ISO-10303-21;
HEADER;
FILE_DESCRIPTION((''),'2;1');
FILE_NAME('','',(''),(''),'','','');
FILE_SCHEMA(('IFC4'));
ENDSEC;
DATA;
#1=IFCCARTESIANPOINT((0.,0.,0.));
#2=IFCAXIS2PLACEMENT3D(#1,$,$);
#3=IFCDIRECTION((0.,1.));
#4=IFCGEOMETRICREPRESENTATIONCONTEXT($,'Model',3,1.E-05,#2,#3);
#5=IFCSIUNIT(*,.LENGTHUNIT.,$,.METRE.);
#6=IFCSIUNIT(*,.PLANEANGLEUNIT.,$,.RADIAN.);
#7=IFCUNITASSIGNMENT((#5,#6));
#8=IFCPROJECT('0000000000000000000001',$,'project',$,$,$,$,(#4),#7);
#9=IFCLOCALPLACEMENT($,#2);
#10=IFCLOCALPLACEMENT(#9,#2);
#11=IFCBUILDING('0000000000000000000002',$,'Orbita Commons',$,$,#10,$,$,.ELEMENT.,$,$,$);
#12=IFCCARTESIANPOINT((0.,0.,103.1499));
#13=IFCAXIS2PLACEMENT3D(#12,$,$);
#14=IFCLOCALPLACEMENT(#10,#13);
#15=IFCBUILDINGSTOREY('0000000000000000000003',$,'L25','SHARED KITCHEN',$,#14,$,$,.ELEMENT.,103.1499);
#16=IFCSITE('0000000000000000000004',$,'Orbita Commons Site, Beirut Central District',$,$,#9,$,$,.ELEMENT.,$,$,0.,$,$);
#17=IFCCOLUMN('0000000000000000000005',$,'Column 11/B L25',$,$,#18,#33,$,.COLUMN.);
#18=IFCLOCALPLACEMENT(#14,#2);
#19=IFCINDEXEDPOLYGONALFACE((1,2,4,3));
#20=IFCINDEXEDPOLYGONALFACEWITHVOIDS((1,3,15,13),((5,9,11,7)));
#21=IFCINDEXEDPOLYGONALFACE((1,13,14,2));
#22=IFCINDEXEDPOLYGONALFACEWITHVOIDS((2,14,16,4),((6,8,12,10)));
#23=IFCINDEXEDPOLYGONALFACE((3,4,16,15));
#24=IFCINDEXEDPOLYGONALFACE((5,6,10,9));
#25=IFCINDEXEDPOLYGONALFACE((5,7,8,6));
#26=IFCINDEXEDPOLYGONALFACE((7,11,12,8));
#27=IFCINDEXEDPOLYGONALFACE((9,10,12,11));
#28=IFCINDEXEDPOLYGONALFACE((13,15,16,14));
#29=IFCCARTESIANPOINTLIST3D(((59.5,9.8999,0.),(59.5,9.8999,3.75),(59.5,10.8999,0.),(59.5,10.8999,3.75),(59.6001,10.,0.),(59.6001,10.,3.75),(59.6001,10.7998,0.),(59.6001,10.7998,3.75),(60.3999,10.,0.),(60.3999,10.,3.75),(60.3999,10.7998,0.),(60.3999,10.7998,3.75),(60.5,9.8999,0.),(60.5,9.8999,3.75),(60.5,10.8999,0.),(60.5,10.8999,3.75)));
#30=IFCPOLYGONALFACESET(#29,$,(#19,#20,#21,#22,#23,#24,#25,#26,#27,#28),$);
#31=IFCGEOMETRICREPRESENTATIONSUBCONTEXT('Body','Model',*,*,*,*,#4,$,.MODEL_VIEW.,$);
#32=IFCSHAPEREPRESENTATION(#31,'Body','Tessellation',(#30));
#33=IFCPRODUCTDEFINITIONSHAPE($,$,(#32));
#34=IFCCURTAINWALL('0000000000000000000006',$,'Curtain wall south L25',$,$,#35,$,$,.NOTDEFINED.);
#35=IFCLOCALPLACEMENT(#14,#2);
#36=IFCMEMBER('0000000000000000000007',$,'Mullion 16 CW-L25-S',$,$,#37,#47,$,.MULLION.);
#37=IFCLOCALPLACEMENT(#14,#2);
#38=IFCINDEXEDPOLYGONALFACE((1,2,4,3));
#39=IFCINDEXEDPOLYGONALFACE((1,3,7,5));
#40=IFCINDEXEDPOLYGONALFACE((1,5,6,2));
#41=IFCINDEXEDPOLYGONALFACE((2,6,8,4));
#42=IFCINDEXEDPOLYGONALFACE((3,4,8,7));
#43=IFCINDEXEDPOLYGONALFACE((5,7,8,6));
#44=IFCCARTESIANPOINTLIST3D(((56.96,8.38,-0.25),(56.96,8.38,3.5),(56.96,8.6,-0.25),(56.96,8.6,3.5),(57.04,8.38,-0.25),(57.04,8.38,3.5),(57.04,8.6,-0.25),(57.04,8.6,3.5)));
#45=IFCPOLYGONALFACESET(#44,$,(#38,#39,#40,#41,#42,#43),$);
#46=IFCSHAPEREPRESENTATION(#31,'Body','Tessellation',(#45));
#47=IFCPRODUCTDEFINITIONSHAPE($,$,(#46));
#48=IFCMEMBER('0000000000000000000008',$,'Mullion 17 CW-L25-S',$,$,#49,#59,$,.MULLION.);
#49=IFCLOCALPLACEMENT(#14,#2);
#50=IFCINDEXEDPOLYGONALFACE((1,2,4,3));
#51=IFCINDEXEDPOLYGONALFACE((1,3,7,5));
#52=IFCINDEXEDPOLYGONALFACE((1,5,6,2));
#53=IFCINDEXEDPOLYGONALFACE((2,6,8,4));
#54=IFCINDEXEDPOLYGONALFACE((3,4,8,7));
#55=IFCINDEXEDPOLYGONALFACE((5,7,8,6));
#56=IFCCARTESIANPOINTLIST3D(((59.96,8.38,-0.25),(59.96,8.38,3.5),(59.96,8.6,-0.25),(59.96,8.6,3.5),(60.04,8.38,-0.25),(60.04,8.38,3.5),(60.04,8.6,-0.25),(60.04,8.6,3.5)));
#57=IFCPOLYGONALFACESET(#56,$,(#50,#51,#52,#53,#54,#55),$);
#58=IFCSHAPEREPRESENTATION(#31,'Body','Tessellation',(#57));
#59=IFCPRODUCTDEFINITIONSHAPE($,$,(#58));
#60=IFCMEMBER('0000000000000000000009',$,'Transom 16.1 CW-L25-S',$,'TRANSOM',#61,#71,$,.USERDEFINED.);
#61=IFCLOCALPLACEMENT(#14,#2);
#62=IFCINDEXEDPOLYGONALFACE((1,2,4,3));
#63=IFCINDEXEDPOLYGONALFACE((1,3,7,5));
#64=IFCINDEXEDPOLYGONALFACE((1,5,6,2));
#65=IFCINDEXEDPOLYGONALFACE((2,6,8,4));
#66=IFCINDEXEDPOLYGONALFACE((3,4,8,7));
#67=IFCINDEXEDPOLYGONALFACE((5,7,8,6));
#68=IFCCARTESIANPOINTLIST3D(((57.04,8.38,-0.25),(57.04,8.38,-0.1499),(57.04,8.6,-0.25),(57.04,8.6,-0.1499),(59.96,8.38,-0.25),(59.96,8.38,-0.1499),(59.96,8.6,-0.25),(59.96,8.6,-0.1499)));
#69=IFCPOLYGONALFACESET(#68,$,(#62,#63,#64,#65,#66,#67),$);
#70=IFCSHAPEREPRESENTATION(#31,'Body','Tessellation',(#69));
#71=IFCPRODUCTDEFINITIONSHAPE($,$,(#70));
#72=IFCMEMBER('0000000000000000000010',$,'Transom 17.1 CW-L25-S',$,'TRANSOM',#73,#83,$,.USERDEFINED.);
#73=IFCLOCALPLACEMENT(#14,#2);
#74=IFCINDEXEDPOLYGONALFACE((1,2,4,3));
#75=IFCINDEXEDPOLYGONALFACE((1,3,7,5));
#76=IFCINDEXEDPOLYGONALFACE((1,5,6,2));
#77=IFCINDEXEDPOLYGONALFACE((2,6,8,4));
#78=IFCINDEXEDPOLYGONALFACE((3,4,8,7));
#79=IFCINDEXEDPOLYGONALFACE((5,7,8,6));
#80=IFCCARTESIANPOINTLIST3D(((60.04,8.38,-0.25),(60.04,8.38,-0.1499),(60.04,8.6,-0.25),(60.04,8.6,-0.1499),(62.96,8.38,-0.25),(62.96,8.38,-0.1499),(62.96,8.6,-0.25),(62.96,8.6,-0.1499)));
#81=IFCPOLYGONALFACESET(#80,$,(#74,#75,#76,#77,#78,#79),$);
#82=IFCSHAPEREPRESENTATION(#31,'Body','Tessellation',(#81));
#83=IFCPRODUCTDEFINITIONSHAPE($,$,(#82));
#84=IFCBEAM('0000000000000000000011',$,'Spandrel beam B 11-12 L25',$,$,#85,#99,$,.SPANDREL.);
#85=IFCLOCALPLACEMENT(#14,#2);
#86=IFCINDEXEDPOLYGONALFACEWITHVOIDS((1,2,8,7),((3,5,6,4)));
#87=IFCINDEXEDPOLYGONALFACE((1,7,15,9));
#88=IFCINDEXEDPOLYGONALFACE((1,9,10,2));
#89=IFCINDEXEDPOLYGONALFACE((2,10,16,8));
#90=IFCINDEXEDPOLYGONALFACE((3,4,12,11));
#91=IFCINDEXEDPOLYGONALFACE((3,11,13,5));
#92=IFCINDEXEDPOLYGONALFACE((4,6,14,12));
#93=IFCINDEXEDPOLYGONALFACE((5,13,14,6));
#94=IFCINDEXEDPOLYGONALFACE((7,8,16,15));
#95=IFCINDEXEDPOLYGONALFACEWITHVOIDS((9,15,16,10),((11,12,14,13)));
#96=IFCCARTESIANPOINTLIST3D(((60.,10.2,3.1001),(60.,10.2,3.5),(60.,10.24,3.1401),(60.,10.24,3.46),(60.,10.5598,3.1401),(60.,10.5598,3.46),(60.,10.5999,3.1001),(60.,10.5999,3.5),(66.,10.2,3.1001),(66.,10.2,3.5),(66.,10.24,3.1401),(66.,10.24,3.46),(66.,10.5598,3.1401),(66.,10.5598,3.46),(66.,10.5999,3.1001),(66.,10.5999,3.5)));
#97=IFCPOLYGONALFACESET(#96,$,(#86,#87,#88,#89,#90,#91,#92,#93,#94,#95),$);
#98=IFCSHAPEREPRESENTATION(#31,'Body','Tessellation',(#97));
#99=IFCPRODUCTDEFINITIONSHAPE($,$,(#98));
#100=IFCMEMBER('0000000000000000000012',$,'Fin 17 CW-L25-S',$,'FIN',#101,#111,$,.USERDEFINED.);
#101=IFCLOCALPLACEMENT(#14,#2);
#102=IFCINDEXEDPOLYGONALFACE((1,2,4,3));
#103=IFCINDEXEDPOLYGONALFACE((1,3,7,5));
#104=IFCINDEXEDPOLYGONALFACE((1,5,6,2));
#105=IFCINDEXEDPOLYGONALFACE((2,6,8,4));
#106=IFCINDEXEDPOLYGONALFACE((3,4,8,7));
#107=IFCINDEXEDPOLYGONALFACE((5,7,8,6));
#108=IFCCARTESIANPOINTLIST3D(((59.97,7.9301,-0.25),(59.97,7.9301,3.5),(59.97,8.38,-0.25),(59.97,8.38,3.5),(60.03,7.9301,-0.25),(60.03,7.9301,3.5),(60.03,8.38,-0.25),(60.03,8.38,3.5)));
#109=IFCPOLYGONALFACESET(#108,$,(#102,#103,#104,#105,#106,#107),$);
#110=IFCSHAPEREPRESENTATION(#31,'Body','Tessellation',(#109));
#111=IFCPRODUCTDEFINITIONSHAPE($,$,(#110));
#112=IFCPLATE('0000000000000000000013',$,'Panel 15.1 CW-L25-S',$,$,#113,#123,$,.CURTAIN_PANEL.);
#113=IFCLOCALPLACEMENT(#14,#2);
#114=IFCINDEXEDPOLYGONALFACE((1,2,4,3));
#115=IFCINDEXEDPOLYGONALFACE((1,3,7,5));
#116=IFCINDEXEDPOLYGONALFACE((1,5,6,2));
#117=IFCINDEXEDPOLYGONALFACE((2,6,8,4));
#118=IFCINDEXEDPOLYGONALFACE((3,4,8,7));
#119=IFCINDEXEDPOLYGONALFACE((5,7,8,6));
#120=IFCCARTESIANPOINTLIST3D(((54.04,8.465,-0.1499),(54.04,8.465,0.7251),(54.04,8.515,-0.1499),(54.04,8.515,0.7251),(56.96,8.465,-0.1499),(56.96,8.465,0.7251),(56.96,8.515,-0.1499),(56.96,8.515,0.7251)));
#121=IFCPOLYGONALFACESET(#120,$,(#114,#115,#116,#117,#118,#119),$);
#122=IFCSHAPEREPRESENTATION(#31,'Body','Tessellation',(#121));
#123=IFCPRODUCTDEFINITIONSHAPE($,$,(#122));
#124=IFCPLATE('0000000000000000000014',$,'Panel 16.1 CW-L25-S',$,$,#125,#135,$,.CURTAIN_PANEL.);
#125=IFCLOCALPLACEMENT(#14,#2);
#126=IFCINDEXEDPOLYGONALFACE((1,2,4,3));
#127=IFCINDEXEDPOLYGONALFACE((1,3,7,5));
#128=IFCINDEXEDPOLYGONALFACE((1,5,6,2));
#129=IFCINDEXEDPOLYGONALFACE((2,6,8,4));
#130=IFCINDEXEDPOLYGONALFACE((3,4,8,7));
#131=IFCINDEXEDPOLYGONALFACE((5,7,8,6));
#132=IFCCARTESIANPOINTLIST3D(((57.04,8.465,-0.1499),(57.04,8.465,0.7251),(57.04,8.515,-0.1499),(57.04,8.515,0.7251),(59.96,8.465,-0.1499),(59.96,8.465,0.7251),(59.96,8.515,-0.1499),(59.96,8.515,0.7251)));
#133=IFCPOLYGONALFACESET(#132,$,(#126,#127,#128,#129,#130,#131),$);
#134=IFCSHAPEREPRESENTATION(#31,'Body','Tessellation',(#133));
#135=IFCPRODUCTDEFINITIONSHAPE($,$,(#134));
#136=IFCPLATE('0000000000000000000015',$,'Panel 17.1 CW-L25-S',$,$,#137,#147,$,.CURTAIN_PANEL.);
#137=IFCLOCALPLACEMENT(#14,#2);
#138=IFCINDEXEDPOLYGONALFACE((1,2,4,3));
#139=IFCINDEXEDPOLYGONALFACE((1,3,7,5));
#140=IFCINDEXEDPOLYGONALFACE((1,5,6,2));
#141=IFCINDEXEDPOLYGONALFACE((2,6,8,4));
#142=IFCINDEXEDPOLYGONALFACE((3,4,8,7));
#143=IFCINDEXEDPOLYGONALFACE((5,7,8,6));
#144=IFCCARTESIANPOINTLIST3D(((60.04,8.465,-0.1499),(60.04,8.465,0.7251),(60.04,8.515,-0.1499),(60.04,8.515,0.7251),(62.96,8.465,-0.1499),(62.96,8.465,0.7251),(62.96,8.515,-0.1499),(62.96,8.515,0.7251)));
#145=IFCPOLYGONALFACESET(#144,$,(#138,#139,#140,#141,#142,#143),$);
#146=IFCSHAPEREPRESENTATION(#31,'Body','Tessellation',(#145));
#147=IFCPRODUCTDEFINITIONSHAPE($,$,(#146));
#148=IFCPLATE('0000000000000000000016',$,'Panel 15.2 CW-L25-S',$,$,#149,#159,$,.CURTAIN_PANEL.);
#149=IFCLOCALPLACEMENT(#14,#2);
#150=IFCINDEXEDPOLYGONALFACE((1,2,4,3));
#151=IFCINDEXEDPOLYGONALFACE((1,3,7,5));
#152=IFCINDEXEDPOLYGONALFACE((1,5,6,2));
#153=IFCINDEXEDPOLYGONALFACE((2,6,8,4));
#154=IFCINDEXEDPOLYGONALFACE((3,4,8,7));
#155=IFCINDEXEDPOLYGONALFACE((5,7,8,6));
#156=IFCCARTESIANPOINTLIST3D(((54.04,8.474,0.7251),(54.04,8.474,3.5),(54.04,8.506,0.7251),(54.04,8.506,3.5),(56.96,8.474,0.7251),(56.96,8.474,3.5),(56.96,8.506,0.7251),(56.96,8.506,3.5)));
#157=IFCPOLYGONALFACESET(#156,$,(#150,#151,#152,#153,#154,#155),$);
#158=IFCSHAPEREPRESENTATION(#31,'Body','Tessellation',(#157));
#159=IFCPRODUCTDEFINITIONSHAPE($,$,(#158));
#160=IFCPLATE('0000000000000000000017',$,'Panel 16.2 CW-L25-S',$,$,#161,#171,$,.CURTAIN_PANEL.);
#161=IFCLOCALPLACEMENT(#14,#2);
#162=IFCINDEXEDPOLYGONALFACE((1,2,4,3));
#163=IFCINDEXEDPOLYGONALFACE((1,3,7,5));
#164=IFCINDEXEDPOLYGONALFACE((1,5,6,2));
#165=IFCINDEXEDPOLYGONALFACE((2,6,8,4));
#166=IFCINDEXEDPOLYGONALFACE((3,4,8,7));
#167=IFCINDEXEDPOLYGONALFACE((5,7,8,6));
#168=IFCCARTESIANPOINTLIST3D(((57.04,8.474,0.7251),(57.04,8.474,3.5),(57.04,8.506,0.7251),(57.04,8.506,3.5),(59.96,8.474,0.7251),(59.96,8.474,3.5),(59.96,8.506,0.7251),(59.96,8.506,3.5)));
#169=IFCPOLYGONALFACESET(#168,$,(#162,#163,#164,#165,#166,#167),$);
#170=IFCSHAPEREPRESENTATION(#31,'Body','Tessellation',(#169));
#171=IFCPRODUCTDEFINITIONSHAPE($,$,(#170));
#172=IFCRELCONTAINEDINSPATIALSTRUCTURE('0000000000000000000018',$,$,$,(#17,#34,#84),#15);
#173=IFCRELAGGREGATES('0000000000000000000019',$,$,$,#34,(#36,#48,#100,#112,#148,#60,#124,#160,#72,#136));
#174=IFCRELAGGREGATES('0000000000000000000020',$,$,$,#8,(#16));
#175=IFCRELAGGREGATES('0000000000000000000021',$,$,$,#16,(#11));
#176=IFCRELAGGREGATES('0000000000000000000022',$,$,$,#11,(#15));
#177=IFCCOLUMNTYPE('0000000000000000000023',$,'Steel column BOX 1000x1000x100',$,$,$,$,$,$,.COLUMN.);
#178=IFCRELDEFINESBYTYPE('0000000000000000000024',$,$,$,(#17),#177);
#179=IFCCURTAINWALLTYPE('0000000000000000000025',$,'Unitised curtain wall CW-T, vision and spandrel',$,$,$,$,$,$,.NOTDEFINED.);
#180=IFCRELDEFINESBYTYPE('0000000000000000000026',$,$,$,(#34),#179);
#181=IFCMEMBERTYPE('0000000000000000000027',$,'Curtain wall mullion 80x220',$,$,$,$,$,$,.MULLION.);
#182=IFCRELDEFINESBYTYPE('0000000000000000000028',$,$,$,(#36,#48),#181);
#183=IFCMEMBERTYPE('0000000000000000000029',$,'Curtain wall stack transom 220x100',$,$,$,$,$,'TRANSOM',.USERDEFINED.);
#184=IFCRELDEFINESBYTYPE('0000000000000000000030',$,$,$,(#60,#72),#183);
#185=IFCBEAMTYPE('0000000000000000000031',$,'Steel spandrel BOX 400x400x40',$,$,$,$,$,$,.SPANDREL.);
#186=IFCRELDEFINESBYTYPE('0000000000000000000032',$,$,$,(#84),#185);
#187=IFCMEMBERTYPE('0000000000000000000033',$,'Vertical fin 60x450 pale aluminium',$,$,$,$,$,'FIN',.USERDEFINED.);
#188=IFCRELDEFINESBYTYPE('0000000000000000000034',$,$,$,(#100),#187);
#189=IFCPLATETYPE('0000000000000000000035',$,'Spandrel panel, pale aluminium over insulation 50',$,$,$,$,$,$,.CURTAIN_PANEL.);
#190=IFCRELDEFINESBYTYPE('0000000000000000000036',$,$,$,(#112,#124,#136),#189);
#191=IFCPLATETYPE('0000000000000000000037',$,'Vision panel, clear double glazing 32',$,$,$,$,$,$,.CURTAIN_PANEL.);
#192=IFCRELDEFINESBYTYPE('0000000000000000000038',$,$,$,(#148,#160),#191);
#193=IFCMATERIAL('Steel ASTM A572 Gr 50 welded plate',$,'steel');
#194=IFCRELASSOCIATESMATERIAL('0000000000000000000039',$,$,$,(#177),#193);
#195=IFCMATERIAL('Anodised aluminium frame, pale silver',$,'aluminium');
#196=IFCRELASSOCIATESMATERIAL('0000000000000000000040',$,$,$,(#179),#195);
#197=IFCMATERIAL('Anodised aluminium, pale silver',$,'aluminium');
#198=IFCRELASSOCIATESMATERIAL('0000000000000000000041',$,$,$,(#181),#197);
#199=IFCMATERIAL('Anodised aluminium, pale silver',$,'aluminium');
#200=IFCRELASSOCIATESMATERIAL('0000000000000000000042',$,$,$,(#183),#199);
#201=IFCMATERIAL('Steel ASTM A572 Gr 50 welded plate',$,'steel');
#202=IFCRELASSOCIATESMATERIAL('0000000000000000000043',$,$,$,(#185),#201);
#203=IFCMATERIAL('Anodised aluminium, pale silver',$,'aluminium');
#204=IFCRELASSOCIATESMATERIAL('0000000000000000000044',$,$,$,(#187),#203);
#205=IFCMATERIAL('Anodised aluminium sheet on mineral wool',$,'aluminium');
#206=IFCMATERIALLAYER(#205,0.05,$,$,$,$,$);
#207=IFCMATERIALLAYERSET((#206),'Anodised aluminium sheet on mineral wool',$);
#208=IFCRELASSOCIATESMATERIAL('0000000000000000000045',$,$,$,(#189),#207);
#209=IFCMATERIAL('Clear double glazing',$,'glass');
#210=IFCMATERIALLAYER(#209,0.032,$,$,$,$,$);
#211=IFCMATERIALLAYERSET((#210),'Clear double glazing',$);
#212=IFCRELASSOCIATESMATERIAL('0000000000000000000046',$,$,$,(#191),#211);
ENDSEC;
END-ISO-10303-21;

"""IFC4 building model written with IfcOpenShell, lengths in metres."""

from ifc_helpers import new_model, si_unit, direction, frame, origin, origin_2d, place, context, subcontext, project, spatial, rectangle, hollow_rectangle, extrude, material, layer, layer_set, material_profile, profile_set, type_object, element, aggregate, save


model = new_model("IFC4")

# Units and contexts
model_context = context("Model", 3, precision=1e-05, world=origin(), true_north=direction((0.0, 1.0)))
body_context = subcontext(model_context, "Body", "Model", "MODEL_VIEW")
ifc_project = project(units=[si_unit("LENGTHUNIT", "METRE"), si_unit("PLANEANGLEUNIT", "RADIAN")], contexts=[model_context])

# Site, building, storey
site_placement = place(None, origin())
site = spatial("IfcSite", under=ifc_project, at=site_placement, Name="Orbita Commons Site, Beirut Central District", CompositionType="ELEMENT", RefElevation=0.0)
building_placement = place(site_placement, origin())
building = spatial("IfcBuilding", under=site, at=building_placement, Name="Orbita Commons", CompositionType="ELEMENT")
storey_placement = place(building_placement, frame((0.0, 0.0, 103.1499)))
storey = spatial("IfcBuildingStorey", under=building, at=storey_placement, Name="L25", Description="SHARED KITCHEN", CompositionType="ELEMENT", Elevation=103.1499)

# Column
ifc_material_1 = material(Name="Steel ASTM A572 Gr 50 welded plate", Category="steel")
ifc_material_profile_1 = material_profile(ifc_material_1, hollow_rectangle(XDim=1.0, YDim=1.0, WallThickness=0.1001, at=origin_2d()), Name="BOX 1000x1000x100")
ifc_profile_set_1 = profile_set([ifc_material_profile_1], Name="Steel ASTM A572 Gr 50 welded plate")
column_type = type_object("IfcColumnType", Name="Steel column BOX 1000x1000x100", PredefinedType="COLUMN", material=ifc_profile_set_1)
column_placement = place(storey_placement, frame((60.0, 10.3999, 0.0), z_axis=(0.0, 0.0, 1.0), x_axis=(1.0, 0.0, 0.0)))
element("IfcColumn", 1, at=column_placement, inside=storey, type_object=column_type, Name="Column 11/B L25", PredefinedType="COLUMN", context=body_context, shape_type="SweptSolid", body=[
    extrude(hollow_rectangle(XDim=1.0, YDim=1.0, WallThickness=0.1001, at=origin_2d()), origin(), (0.0, 0.0, 1.0), 3.75),
])

# Curtain wall, members
ifc_material_2 = material(Name="Anodised aluminium frame, pale silver", Category="aluminium")
curtain_wall_type = type_object("IfcCurtainWallType", Name="Unitised curtain wall CW-T, vision and spandrel", PredefinedType="NOTDEFINED", material=ifc_material_2)
curtain_wall_placement = place(storey_placement, origin())
curtain_wall = element("IfcCurtainWall", 2, at=curtain_wall_placement, inside=storey, type_object=curtain_wall_type, Name="Curtain wall south L25", PredefinedType="NOTDEFINED")
ifc_material_3 = material(Name="Anodised aluminium, pale silver", Category="aluminium")
ifc_material_profile_2 = material_profile(ifc_material_3, rectangle(XDim=0.0801, YDim=0.22, at=origin_2d()), Name="AL 80x220")
ifc_profile_set_2 = profile_set([ifc_material_profile_2], Name="Anodised aluminium, pale silver")
member_type_1 = type_object("IfcMemberType", Name="Curtain wall mullion 80x220", PredefinedType="MULLION", material=ifc_profile_set_2)
member_1_placement = place(storey_placement, frame((57.0, 8.49, -0.25), z_axis=(0.0, 0.0, 1.0), x_axis=(1.0, 0.0, 0.0)))
member_1 = element("IfcMember", 3, at=member_1_placement, type_object=member_type_1, Name="Mullion 16 CW-L25-S", PredefinedType="MULLION", context=body_context, shape_type="SweptSolid", body=[
    extrude(rectangle(XDim=0.0801, YDim=0.22, at=origin_2d()), origin(), (0.0, 0.0, 1.0), 3.75),
])
member_2_placement = place(storey_placement, frame((60.0, 8.49, -0.25), z_axis=(0.0, 0.0, 1.0), x_axis=(1.0, 0.0, 0.0)))
member_2 = element("IfcMember", 4, at=member_2_placement, type_object=member_type_1, Name="Mullion 17 CW-L25-S", PredefinedType="MULLION", context=body_context, shape_type="SweptSolid", body=[
    extrude(rectangle(XDim=0.0801, YDim=0.22, at=origin_2d()), origin(), (0.0, 0.0, 1.0), 3.75),
])
ifc_material_4 = material(Name="Anodised aluminium, pale silver", Category="aluminium")
ifc_material_profile_3 = material_profile(ifc_material_4, rectangle(XDim=0.22, YDim=0.1001, at=origin_2d()), Name="AL 220x100")
ifc_profile_set_3 = profile_set([ifc_material_profile_3], Name="Anodised aluminium, pale silver")
member_type_2 = type_object("IfcMemberType", Name="Curtain wall stack transom 220x100", ElementType="TRANSOM", PredefinedType="USERDEFINED", material=ifc_profile_set_3)
member_3_placement = place(storey_placement, frame((57.04, 8.49, -0.2), z_axis=(1.0, 0.0, 0.0), x_axis=(0.0, 1.0, 0.0)))
member_3 = element("IfcMember", 5, at=member_3_placement, type_object=member_type_2, Name="Transom 16.1 CW-L25-S", ObjectType="TRANSOM", PredefinedType="USERDEFINED", context=body_context, shape_type="SweptSolid", body=[
    extrude(rectangle(XDim=0.22, YDim=0.1001, at=origin_2d()), origin(), (0.0, 0.0, 1.0), 2.9199),
])
member_4_placement = place(storey_placement, frame((60.04, 8.49, -0.2), z_axis=(1.0, 0.0, 0.0), x_axis=(0.0, 1.0, 0.0)))
member_4 = element("IfcMember", 6, at=member_4_placement, type_object=member_type_2, Name="Transom 17.1 CW-L25-S", ObjectType="TRANSOM", PredefinedType="USERDEFINED", context=body_context, shape_type="SweptSolid", body=[
    extrude(rectangle(XDim=0.22, YDim=0.1001, at=origin_2d()), origin(), (0.0, 0.0, 1.0), 2.9199),
])

# Beam
ifc_material_5 = material(Name="Steel ASTM A572 Gr 50 welded plate", Category="steel")
ifc_material_profile_4 = material_profile(ifc_material_5, hollow_rectangle(XDim=0.3999, YDim=0.3999, WallThickness=0.04, at=origin_2d()), Name="BOX 400x400x40")
ifc_profile_set_4 = profile_set([ifc_material_profile_4], Name="Steel ASTM A572 Gr 50 welded plate")
beam_type = type_object("IfcBeamType", Name="Steel spandrel BOX 400x400x40", PredefinedType="SPANDREL", material=ifc_profile_set_4)
beam_placement = place(storey_placement, frame((60.0, 10.3999, 3.3), z_axis=(1.0, 0.0, 0.0), x_axis=(0.0, 1.0, 0.0)))
element("IfcBeam", 7, at=beam_placement, inside=storey, type_object=beam_type, Name="Spandrel beam B 11-12 L25", PredefinedType="SPANDREL", context=body_context, shape_type="SweptSolid", body=[
    extrude(hollow_rectangle(XDim=0.3999, YDim=0.3999, WallThickness=0.04, at=origin_2d()), origin(), (0.0, 0.0, 1.0), 6.0),
])

# Member
ifc_material_6 = material(Name="Anodised aluminium, pale silver", Category="aluminium")
ifc_material_profile_5 = material_profile(ifc_material_6, rectangle(XDim=0.0601, YDim=0.45, at=origin_2d()), Name="FIN 60x450")
ifc_profile_set_5 = profile_set([ifc_material_profile_5], Name="Anodised aluminium, pale silver")
member_type_3 = type_object("IfcMemberType", Name="Vertical fin 60x450 pale aluminium", ElementType="FIN", PredefinedType="USERDEFINED", material=ifc_profile_set_5)
member_5_placement = place(storey_placement, frame((60.0, 8.155, -0.25), z_axis=(0.0, 0.0, 1.0), x_axis=(1.0, 0.0, 0.0)))
member_5 = element("IfcMember", 8, at=member_5_placement, type_object=member_type_3, Name="Fin 17 CW-L25-S", ObjectType="FIN", PredefinedType="USERDEFINED", context=body_context, shape_type="SweptSolid", body=[
    extrude(rectangle(XDim=0.0601, YDim=0.45, at=origin_2d()), origin(), (0.0, 0.0, 1.0), 3.75),
])

# Plates
ifc_material_7 = material(Name="Anodised aluminium sheet on mineral wool", Category="aluminium")
ifc_layer_1 = layer(ifc_material_7, 0.05)
ifc_layer_set_1 = layer_set([ifc_layer_1], Name="Anodised aluminium sheet on mineral wool")
plate_type_1 = type_object("IfcPlateType", Name="Spandrel panel, pale aluminium over insulation 50", PredefinedType="CURTAIN_PANEL", material=ifc_layer_set_1)
plate_1_placement = place(storey_placement, frame((55.5, 8.49, -0.1499), z_axis=(0.0, 0.0, 1.0), x_axis=(1.0, 0.0, 0.0)))
plate_1 = element("IfcPlate", 9, at=plate_1_placement, type_object=plate_type_1, Name="Panel 15.1 CW-L25-S", PredefinedType="CURTAIN_PANEL", context=body_context, shape_type="SweptSolid", body=[
    extrude(rectangle(XDim=2.9199, YDim=0.05, at=origin_2d()), origin(), (0.0, 0.0, 1.0), 0.875),
])
plate_2_placement = place(storey_placement, frame((58.5, 8.49, -0.1499), z_axis=(0.0, 0.0, 1.0), x_axis=(1.0, 0.0, 0.0)))
plate_2 = element("IfcPlate", 10, at=plate_2_placement, type_object=plate_type_1, Name="Panel 16.1 CW-L25-S", PredefinedType="CURTAIN_PANEL", context=body_context, shape_type="SweptSolid", body=[
    extrude(rectangle(XDim=2.9199, YDim=0.05, at=origin_2d()), origin(), (0.0, 0.0, 1.0), 0.875),
])
plate_3_placement = place(storey_placement, frame((61.5, 8.49, -0.1499), z_axis=(0.0, 0.0, 1.0), x_axis=(1.0, 0.0, 0.0)))
plate_3 = element("IfcPlate", 11, at=plate_3_placement, type_object=plate_type_1, Name="Panel 17.1 CW-L25-S", PredefinedType="CURTAIN_PANEL", context=body_context, shape_type="SweptSolid", body=[
    extrude(rectangle(XDim=2.9199, YDim=0.05, at=origin_2d()), origin(), (0.0, 0.0, 1.0), 0.875),
])
ifc_material_8 = material(Name="Clear double glazing", Category="glass")
ifc_layer_2 = layer(ifc_material_8, 0.032)
ifc_layer_set_2 = layer_set([ifc_layer_2], Name="Clear double glazing")
plate_type_2 = type_object("IfcPlateType", Name="Vision panel, clear double glazing 32", PredefinedType="CURTAIN_PANEL", material=ifc_layer_set_2)
plate_4_placement = place(storey_placement, frame((55.5, 8.49, 0.7251), z_axis=(0.0, 0.0, 1.0), x_axis=(1.0, 0.0, 0.0)))
plate_4 = element("IfcPlate", 12, at=plate_4_placement, type_object=plate_type_2, Name="Panel 15.2 CW-L25-S", PredefinedType="CURTAIN_PANEL", context=body_context, shape_type="SweptSolid", body=[
    extrude(rectangle(XDim=2.9199, YDim=0.032, at=origin_2d()), origin(), (0.0, 0.0, 1.0), 2.7749),
])
plate_5_placement = place(storey_placement, frame((58.5, 8.49, 0.7251), z_axis=(0.0, 0.0, 1.0), x_axis=(1.0, 0.0, 0.0)))
plate_5 = element("IfcPlate", 13, at=plate_5_placement, type_object=plate_type_2, Name="Panel 16.2 CW-L25-S", PredefinedType="CURTAIN_PANEL", context=body_context, shape_type="SweptSolid", body=[
    extrude(rectangle(XDim=2.9199, YDim=0.032, at=origin_2d()), origin(), (0.0, 0.0, 1.0), 2.7749),
])
aggregate(curtain_wall, [member_1, member_2, member_5, plate_1, plate_4, member_3, plate_2, plate_5, member_4, plate_3])

save(model, "model.ifc")
